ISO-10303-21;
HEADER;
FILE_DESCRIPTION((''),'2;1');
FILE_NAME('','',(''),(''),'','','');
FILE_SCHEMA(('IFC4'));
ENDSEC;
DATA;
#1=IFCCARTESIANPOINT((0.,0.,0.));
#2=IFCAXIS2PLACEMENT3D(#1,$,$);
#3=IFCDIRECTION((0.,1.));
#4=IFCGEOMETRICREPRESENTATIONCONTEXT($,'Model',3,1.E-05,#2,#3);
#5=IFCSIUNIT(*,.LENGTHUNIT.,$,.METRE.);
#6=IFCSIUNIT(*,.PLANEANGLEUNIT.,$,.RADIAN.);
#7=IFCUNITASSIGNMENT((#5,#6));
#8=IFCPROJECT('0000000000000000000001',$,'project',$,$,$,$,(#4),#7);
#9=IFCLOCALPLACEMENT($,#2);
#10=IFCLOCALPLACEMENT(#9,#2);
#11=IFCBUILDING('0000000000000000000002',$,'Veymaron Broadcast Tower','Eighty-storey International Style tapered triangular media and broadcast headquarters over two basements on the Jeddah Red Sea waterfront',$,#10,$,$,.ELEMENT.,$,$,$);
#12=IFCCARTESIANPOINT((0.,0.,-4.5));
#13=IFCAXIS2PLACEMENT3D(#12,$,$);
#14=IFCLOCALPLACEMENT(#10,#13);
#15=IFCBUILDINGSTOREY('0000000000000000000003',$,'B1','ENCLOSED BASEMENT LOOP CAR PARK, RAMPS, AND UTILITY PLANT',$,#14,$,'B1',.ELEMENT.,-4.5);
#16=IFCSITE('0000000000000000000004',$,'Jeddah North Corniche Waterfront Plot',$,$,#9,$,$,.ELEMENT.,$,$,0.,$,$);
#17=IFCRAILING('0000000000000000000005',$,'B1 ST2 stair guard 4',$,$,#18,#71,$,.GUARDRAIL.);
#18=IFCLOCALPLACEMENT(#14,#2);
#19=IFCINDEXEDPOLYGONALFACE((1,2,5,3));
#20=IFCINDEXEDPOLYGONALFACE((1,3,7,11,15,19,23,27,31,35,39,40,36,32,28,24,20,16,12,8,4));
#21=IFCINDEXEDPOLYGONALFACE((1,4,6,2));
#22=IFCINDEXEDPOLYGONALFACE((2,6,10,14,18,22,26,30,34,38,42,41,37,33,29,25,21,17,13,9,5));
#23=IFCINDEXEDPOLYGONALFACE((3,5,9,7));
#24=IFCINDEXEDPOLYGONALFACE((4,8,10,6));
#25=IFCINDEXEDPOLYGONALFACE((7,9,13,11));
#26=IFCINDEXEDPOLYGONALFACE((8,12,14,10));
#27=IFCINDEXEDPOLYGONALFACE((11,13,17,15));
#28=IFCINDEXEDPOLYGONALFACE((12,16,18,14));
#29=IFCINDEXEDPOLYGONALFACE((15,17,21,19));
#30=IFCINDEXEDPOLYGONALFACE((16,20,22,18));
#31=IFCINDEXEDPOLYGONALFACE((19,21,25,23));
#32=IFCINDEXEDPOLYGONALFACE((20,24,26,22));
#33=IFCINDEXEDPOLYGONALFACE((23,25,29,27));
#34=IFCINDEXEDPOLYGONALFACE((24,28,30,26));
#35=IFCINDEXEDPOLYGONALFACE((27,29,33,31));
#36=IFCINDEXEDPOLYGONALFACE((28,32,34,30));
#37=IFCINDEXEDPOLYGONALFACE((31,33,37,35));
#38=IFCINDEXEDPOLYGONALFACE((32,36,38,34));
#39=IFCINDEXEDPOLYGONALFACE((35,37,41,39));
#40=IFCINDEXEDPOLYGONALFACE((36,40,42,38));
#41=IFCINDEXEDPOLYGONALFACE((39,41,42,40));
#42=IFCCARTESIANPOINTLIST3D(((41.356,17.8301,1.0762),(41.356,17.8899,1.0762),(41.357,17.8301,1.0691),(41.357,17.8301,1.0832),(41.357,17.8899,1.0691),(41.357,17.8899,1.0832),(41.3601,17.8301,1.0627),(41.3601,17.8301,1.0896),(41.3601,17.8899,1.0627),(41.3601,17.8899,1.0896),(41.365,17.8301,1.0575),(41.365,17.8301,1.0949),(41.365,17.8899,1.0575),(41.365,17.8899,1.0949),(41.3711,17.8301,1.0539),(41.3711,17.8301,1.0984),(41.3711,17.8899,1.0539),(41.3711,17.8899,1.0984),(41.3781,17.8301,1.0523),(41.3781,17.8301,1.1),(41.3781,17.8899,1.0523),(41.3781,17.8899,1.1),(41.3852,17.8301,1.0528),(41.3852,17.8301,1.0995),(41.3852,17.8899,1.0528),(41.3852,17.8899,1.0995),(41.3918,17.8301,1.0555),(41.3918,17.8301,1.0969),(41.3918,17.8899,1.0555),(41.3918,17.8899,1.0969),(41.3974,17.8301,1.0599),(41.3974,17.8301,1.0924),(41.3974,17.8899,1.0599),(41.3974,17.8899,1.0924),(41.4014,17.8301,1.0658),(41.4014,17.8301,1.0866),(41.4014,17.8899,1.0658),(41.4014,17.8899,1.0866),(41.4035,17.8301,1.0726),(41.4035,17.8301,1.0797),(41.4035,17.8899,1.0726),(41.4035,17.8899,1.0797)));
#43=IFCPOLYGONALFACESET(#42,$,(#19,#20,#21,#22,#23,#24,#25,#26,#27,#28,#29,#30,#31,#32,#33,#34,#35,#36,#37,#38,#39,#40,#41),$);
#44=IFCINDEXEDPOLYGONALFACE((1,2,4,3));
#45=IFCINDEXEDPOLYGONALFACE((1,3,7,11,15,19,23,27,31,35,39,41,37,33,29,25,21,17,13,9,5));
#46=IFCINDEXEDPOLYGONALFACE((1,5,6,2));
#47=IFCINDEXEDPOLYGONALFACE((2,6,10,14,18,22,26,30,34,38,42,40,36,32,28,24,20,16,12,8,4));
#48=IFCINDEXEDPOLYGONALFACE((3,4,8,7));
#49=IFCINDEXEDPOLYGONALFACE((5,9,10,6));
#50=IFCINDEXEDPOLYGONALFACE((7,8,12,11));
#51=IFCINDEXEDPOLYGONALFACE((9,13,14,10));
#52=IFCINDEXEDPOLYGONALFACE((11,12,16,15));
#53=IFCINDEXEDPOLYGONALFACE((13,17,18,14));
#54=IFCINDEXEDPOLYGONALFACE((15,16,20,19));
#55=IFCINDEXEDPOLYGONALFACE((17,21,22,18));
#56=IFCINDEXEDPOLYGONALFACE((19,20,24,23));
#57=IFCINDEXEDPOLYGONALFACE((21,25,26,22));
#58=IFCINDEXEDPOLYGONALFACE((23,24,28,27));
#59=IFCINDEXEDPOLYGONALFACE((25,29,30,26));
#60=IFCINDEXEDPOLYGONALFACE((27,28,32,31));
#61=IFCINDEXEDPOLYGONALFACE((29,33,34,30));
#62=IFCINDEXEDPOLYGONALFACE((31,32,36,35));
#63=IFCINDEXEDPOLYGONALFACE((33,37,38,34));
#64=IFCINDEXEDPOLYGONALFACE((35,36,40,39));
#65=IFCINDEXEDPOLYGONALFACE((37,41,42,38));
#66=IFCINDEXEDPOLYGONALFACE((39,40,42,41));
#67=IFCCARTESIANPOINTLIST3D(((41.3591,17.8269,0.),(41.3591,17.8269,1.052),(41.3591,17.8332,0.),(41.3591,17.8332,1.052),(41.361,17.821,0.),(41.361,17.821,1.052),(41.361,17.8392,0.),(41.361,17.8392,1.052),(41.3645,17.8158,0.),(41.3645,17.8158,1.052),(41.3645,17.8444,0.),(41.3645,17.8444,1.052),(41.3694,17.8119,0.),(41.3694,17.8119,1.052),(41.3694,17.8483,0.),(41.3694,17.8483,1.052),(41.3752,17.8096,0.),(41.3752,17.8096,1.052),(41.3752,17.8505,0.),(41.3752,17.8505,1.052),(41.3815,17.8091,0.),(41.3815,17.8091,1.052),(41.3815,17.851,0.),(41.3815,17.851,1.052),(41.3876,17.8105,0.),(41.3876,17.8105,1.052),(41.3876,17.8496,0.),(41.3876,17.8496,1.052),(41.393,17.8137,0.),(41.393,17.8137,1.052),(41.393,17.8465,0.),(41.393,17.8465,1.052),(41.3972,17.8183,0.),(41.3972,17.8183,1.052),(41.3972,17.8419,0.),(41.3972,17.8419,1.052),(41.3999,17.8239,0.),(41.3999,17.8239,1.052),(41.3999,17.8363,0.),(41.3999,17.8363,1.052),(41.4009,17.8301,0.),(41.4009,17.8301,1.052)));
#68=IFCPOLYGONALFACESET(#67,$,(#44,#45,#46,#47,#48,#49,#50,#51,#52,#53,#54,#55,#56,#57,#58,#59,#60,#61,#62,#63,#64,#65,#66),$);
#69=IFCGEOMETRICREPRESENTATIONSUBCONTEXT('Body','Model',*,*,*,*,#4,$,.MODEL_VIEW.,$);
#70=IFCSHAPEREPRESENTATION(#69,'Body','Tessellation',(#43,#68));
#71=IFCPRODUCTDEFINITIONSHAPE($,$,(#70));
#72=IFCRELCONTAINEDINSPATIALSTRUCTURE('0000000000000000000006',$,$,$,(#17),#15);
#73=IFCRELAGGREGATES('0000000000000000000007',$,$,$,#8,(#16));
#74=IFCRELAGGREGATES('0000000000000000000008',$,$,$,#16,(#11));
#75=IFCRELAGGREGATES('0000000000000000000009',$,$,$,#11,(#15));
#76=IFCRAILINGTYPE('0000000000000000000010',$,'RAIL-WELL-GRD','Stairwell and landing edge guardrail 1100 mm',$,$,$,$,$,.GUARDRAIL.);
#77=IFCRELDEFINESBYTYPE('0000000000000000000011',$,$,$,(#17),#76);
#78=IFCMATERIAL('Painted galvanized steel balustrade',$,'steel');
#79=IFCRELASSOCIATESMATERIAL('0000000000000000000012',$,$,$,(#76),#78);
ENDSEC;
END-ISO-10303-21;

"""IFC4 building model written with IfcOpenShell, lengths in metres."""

from ifc_helpers import new_model, si_unit, direction, frame, origin, origin_2d, place, context, subcontext, project, spatial, circle, extrude, material, type_object, element, save


model = new_model("IFC4")

# Units and contexts
model_context = context("Model", 3, precision=1e-05, world=origin(), true_north=direction((0.0, 1.0)))
body_context = subcontext(model_context, "Body", "Model", "MODEL_VIEW")
ifc_project = project(units=[si_unit("LENGTHUNIT", "METRE"), si_unit("PLANEANGLEUNIT", "RADIAN")], contexts=[model_context])

# Site, building, storey
site_placement = place(None, origin())
site = spatial("IfcSite", under=ifc_project, at=site_placement, Name="Jeddah North Corniche Waterfront Plot", CompositionType="ELEMENT", RefElevation=0.0)
building_placement = place(site_placement, origin())
building = spatial("IfcBuilding", under=site, at=building_placement, Name="Veymaron Broadcast Tower", Description="Eighty-storey International Style tapered triangular media and broadcast headquarters over two basements on the Jeddah Red Sea waterfront", CompositionType="ELEMENT")
storey_placement = place(building_placement, frame((0.0, 0.0, -4.5)))
storey = spatial("IfcBuildingStorey", under=building, at=storey_placement, Name="B1", Description="ENCLOSED BASEMENT LOOP CAR PARK, RAMPS, AND UTILITY PLANT", LongName="B1", CompositionType="ELEMENT", Elevation=-4.5)

# Railing
ifc_material_1 = material(Name="Painted galvanized steel balustrade", Category="steel")
railing_type_1 = type_object("IfcRailingType", Name="RAIL-WELL-GRD", Description="Stairwell and landing edge guardrail 1100 mm", PredefinedType="GUARDRAIL", material=ifc_material_1)
railing_1_placement = place(storey_placement, frame((41.3799, 17.8301, 0.0)))
element("IfcRailing", 1, at=railing_1_placement, inside=storey, type_object=railing_type_1, Name="B1 ST2 stair guard 4", PredefinedType="GUARDRAIL", context=body_context, shape_type="SweptSolid", body=[
    extrude(circle(Radius=0.0239, at=origin_2d()), frame((0.0, 0.0, 1.0762), z_axis=(0.0, 1.0, 0.0), x_axis=(-1.0, 0.0, 0.0)), (0.0, 0.0, 1.0), 0.0598),
    extrude(circle(Radius=0.021, at=origin_2d()), origin(), (0.0, 0.0, 1.0), 1.052),
])

save(model, "model.ifc")
